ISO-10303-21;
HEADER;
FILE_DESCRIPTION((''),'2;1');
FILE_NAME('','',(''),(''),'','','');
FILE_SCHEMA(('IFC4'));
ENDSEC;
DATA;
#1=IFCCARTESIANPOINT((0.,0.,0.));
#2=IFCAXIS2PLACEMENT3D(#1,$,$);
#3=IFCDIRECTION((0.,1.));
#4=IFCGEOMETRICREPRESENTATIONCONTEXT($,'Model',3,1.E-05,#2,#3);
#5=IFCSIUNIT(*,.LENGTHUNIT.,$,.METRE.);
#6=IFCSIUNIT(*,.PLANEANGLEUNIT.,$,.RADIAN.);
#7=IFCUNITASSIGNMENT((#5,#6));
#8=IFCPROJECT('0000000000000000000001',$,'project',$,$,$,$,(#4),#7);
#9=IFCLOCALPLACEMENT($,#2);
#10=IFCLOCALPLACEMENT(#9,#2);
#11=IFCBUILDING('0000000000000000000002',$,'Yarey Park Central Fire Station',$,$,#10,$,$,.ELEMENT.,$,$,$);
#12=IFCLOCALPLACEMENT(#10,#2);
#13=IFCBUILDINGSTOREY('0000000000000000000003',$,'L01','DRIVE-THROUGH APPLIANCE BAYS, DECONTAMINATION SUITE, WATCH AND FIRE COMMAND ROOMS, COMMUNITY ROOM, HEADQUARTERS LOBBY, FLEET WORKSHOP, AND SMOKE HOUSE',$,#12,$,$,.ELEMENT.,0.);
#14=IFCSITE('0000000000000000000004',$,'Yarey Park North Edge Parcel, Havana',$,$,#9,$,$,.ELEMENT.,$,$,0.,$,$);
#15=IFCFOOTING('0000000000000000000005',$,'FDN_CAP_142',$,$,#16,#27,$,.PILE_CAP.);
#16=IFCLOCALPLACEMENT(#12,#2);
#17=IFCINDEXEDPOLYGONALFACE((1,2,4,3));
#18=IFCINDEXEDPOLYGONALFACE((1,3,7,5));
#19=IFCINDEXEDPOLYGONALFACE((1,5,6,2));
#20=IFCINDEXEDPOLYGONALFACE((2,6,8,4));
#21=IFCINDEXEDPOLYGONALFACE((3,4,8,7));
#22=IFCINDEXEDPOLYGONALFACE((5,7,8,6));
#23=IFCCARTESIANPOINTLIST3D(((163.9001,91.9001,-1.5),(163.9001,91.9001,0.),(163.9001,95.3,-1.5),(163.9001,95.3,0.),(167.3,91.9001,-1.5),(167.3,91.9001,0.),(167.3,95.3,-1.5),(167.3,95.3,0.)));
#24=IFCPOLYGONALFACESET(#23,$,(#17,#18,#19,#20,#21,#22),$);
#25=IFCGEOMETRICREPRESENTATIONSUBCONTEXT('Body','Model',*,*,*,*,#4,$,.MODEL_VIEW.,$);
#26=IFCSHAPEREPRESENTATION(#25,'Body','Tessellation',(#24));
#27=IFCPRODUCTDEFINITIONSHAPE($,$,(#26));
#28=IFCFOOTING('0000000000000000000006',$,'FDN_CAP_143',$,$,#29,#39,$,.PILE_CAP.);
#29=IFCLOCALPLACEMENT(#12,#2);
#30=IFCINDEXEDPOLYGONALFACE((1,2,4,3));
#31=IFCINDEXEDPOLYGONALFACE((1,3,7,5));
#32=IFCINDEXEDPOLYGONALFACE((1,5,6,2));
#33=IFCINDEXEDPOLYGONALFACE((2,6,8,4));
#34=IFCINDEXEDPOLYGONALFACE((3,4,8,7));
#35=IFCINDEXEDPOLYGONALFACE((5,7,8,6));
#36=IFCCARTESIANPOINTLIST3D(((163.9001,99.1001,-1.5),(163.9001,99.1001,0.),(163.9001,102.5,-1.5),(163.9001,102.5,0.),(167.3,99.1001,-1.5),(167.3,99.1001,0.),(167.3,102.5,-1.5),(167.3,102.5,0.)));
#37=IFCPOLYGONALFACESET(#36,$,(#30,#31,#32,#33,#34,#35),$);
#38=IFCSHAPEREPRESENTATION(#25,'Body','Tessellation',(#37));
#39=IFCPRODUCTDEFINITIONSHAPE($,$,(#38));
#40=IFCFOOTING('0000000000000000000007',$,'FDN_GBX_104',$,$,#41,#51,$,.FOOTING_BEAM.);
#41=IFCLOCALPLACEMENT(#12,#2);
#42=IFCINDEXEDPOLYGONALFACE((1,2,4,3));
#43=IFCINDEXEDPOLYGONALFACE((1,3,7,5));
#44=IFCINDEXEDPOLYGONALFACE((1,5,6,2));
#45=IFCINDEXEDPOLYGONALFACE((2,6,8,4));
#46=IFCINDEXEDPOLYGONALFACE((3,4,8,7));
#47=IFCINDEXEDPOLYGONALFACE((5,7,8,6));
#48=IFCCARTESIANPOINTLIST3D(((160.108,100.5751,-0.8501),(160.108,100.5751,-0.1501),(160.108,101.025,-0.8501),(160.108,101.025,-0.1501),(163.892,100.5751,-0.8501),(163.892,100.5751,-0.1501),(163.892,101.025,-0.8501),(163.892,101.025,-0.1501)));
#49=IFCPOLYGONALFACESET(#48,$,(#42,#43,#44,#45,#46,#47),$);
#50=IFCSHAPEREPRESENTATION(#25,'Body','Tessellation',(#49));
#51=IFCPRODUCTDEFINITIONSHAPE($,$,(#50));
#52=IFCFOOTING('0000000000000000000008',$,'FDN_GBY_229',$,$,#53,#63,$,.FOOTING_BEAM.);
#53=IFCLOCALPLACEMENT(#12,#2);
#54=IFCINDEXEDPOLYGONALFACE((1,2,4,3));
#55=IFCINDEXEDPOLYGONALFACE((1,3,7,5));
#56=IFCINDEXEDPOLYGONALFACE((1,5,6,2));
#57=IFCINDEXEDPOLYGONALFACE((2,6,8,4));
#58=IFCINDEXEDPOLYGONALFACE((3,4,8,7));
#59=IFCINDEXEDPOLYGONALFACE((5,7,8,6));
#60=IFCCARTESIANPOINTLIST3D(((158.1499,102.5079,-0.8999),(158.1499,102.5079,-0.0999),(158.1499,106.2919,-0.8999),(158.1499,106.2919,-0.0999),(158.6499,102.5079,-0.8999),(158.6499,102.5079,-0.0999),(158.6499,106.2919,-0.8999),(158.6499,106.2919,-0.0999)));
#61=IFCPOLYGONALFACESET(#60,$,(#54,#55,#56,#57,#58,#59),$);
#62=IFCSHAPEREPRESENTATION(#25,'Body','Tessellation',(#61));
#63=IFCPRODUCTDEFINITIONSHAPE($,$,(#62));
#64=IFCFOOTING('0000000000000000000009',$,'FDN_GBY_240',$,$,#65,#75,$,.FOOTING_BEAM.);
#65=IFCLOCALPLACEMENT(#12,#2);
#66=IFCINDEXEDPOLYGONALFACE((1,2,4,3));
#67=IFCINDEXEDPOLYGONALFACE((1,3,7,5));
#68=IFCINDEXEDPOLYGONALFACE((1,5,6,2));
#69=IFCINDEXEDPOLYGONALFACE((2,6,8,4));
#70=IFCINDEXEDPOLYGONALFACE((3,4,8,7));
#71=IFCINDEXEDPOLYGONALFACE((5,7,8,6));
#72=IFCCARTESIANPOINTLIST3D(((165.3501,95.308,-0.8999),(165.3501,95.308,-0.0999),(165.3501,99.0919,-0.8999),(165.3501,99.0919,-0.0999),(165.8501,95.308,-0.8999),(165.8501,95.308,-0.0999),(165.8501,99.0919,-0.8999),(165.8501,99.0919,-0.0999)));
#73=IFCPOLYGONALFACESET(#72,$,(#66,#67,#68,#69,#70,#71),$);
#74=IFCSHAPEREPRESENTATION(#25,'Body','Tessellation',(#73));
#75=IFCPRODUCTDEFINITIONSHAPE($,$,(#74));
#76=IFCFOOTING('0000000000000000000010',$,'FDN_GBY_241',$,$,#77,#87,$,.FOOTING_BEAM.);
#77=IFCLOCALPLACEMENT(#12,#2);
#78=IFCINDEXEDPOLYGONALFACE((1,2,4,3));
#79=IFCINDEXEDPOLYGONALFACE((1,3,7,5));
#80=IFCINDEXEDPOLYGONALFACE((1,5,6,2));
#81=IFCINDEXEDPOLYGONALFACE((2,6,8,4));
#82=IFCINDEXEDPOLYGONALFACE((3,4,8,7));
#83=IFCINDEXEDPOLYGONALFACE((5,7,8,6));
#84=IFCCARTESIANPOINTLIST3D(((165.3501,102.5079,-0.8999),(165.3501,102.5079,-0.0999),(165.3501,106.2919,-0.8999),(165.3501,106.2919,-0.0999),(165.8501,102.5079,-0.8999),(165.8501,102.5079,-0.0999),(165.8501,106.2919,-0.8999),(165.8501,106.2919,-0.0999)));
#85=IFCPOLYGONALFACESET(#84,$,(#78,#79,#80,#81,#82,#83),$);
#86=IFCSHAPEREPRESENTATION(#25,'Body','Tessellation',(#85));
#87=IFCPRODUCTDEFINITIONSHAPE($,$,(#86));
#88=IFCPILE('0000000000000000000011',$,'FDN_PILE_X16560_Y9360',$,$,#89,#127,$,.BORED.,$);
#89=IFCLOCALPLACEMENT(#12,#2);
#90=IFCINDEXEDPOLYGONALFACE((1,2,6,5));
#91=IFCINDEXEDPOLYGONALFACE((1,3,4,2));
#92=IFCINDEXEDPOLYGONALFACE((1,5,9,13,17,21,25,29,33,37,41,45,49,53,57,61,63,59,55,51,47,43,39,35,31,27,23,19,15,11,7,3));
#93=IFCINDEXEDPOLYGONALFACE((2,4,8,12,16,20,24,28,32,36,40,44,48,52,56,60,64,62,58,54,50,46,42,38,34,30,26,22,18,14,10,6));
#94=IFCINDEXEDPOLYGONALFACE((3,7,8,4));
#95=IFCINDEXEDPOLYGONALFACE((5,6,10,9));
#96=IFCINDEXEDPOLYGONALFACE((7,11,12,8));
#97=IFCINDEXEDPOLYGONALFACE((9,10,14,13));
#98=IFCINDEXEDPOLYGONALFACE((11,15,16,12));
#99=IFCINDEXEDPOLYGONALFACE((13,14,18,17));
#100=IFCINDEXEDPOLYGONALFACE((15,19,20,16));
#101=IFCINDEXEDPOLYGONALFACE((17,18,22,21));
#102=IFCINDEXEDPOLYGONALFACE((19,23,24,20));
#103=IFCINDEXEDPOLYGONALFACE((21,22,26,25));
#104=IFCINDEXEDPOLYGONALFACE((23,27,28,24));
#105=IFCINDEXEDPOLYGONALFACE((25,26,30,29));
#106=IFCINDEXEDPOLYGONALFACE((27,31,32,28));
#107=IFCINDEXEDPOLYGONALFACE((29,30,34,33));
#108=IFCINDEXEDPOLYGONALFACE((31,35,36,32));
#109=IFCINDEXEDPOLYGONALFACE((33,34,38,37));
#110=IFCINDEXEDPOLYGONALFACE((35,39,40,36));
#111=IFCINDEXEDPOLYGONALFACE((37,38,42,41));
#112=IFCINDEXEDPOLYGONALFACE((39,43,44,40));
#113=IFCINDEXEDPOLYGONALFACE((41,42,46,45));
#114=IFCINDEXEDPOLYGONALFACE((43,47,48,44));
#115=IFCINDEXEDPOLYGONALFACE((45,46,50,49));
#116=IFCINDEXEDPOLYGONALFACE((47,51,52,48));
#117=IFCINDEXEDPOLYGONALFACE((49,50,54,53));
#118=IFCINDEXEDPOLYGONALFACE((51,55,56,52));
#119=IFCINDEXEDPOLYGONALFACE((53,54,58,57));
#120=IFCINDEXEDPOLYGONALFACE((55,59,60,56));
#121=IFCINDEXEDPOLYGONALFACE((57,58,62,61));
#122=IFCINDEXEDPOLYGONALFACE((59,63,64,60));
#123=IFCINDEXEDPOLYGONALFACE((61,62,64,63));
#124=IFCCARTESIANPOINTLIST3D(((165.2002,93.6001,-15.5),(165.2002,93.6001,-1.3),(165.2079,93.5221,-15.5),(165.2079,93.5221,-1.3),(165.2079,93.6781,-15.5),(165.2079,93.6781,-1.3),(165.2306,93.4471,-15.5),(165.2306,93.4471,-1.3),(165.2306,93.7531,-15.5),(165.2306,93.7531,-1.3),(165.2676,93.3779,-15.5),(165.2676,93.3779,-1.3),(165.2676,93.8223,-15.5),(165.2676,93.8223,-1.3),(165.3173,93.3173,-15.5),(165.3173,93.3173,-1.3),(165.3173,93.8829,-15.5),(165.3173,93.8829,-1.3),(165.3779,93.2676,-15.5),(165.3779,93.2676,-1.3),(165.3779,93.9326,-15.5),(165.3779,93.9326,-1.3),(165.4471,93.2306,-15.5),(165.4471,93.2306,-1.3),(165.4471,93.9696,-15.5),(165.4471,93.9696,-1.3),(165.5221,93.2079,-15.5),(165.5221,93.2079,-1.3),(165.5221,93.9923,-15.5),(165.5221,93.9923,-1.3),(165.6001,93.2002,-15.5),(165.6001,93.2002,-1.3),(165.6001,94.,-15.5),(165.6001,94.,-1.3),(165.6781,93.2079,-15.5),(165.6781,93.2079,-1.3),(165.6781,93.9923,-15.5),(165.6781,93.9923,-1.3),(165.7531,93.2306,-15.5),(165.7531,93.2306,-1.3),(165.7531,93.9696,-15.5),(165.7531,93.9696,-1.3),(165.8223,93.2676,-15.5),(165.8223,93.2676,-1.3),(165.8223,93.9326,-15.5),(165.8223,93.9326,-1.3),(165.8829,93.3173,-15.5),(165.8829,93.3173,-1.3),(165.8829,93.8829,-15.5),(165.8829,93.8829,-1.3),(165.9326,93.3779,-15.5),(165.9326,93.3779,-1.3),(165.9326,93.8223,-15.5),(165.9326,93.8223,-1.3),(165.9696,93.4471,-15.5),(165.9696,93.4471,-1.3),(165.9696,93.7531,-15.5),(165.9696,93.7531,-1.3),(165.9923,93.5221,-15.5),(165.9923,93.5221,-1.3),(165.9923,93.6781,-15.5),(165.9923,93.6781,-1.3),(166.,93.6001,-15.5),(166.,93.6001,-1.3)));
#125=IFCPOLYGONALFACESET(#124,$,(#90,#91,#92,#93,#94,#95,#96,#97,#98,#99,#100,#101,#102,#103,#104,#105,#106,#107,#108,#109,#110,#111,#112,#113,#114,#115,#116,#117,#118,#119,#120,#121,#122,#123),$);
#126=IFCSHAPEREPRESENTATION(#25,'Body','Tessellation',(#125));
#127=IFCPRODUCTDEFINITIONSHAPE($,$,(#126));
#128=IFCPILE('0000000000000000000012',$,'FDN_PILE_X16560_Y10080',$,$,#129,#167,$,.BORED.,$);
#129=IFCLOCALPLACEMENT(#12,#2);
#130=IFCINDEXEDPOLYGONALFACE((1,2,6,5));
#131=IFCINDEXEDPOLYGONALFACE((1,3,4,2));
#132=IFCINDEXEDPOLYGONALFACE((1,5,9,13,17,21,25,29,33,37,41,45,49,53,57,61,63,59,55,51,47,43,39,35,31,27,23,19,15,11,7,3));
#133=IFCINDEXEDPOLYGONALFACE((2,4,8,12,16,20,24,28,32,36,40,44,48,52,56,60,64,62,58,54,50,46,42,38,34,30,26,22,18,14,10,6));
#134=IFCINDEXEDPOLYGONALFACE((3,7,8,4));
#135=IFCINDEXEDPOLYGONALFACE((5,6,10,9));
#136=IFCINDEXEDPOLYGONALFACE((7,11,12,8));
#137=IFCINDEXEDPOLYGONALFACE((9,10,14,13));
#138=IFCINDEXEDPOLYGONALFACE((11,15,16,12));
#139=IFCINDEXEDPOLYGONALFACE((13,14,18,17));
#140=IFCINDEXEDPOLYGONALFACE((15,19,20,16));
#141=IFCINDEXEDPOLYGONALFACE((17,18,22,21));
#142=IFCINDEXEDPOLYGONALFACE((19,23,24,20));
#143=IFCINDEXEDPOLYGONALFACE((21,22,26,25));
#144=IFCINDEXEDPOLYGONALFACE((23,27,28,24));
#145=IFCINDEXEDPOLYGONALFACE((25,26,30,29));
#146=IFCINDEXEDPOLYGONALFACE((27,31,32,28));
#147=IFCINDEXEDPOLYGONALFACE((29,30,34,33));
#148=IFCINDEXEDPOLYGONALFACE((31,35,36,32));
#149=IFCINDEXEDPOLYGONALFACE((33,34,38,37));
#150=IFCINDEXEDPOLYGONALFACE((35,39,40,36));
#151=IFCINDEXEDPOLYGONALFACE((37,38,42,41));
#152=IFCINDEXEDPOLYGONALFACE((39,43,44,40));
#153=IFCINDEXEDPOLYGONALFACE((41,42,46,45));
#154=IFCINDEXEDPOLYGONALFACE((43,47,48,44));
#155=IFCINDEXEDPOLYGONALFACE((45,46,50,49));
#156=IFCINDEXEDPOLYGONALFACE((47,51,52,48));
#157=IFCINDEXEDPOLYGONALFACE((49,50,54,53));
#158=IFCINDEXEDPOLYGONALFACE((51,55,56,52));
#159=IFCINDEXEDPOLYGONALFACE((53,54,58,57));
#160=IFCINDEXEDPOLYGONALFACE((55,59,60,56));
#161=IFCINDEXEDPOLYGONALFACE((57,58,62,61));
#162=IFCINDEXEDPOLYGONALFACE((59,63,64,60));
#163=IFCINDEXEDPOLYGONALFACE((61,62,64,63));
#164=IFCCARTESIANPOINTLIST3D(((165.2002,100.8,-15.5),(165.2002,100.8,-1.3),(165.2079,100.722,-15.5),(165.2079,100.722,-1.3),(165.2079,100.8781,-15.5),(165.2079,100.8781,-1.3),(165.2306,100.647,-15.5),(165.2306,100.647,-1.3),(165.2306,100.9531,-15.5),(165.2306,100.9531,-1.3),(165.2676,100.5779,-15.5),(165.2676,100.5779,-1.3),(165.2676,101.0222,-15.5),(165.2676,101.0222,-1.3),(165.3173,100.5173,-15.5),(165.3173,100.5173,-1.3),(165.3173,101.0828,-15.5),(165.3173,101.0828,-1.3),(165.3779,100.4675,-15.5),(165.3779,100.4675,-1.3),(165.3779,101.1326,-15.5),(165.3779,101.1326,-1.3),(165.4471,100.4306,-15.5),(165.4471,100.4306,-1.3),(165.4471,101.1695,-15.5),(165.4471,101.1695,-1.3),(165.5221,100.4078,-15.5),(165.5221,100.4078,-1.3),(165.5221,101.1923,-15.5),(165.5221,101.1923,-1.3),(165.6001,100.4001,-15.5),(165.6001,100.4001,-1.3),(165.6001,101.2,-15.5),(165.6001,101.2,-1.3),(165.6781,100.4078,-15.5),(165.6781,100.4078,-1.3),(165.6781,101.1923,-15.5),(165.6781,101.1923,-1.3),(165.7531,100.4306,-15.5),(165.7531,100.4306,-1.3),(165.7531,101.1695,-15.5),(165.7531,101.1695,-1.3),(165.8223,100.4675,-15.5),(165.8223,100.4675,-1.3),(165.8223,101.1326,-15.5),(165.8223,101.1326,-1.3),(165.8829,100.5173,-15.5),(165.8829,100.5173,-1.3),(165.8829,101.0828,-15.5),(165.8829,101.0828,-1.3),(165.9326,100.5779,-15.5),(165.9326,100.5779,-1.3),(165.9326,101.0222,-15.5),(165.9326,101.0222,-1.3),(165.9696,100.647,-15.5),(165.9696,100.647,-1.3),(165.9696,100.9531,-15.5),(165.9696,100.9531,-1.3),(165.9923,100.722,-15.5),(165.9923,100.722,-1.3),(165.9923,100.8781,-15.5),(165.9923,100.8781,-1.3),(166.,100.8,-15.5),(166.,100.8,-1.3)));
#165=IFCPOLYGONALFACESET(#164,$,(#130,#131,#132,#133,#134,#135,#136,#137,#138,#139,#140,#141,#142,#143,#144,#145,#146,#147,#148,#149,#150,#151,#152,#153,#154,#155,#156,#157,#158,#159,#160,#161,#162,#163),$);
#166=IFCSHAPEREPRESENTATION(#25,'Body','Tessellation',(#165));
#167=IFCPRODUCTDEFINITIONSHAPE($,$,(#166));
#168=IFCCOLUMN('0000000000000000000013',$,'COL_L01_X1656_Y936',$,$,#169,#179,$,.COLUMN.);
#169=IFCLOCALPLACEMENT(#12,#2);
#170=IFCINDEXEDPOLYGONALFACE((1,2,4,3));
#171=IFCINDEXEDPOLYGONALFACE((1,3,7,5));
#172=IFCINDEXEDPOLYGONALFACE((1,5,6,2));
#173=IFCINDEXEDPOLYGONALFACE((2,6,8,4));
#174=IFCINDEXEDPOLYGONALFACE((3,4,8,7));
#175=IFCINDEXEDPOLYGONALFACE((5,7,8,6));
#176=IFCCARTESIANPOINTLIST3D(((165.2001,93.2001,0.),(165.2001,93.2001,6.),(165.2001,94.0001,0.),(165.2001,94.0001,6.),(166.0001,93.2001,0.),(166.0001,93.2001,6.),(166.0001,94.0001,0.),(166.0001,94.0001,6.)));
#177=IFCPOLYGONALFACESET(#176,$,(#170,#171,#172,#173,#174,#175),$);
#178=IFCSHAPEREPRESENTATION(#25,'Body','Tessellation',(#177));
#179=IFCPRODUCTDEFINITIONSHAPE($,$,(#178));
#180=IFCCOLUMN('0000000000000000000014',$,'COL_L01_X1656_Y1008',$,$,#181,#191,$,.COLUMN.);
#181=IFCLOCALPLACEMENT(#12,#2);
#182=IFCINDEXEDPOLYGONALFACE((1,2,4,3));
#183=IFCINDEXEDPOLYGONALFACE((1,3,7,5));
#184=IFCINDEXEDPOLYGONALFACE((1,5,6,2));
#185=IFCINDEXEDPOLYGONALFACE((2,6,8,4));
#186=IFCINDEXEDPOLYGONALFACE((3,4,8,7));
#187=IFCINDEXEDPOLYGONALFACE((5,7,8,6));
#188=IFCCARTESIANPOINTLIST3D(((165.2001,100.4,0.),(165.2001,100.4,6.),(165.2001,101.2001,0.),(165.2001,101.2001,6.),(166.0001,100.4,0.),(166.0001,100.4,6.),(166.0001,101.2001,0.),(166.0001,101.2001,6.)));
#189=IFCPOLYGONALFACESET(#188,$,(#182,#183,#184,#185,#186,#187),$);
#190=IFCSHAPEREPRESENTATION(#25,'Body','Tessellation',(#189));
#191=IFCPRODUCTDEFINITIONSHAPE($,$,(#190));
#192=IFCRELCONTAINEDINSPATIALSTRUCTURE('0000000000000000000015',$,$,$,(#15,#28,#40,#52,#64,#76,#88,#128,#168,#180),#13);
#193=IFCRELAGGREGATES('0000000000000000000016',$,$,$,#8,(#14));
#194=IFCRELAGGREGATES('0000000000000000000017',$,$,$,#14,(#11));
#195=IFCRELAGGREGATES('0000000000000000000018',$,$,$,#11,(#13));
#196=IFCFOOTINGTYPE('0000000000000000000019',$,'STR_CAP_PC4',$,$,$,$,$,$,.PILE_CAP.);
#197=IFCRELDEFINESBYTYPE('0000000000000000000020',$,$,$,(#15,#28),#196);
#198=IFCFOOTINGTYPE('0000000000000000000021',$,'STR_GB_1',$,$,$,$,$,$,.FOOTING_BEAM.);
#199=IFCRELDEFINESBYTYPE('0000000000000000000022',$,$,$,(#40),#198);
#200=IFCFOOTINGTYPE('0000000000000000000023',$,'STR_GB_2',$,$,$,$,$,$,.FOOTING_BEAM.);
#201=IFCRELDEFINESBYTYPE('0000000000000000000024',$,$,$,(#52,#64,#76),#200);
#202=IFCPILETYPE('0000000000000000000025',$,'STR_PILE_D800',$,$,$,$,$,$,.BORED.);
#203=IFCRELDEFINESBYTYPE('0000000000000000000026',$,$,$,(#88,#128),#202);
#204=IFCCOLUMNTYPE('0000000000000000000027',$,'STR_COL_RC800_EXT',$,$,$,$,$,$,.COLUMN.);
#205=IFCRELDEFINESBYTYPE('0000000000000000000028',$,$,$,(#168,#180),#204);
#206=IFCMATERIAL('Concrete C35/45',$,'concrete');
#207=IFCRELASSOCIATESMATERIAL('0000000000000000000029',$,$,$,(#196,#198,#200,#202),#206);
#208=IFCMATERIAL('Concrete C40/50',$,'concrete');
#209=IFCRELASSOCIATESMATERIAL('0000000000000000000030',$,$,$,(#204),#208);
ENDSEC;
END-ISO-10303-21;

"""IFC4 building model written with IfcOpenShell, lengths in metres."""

from ifc_helpers import new_model, si_unit, direction, frame, origin, origin_2d, place, context, subcontext, project, spatial, rectangle, circle, extrude, material, material_profile, profile_set, type_object, element, save


model = new_model("IFC4")

# Units and contexts
model_context = context("Model", 3, precision=1e-05, world=origin(), true_north=direction((0.0, 1.0)))
body_context = subcontext(model_context, "Body", "Model", "MODEL_VIEW")
ifc_project = project(units=[si_unit("LENGTHUNIT", "METRE"), si_unit("PLANEANGLEUNIT", "RADIAN")], contexts=[model_context])

# Site, building, storey
site_placement = place(None, origin())
site = spatial("IfcSite", under=ifc_project, at=site_placement, Name="Yarey Park North Edge Parcel, Havana", CompositionType="ELEMENT", RefElevation=0.0)
building_placement = place(site_placement, origin())
building = spatial("IfcBuilding", under=site, at=building_placement, Name="Yarey Park Central Fire Station", CompositionType="ELEMENT")
storey_placement = place(building_placement, origin())
storey = spatial("IfcBuildingStorey", under=building, at=storey_placement, Name="L01", Description="DRIVE-THROUGH APPLIANCE BAYS, DECONTAMINATION SUITE, WATCH AND FIRE COMMAND ROOMS, COMMUNITY ROOM, HEADQUARTERS LOBBY, FLEET WORKSHOP, AND SMOKE HOUSE", CompositionType="ELEMENT", Elevation=0.0)

# Footings
ifc_material_1 = material(Name="Concrete C35/45", Category="concrete")
footing_type_1 = type_object("IfcFootingType", Name="STR_CAP_PC4", PredefinedType="PILE_CAP", material=ifc_material_1)
for number, where, z_axis, x_axis, name in (
    (1, (165.6001, 93.6001, -1.5), (0.0, 0.0, 1.0), (1.0, 0.0, 0.0), "FDN_CAP_142"),
    (2, (165.6001, 100.8, -1.5), (0.0, 0.0, 1.0), (1.0, 0.0, 0.0), "FDN_CAP_143"),
):
    element("IfcFooting", number, at=place(storey_placement, frame(where, z_axis=z_axis, x_axis=x_axis)), inside=storey, type_object=footing_type_1, Name=name, PredefinedType="PILE_CAP", context=body_context, shape_type="SweptSolid", body=[
        extrude(rectangle(XDim=3.3999, YDim=3.3999, at=origin_2d()), origin(), (0.0, 0.0, 1.0), 1.5),
    ])
footing_type_2 = type_object("IfcFootingType", Name="STR_GB_1", PredefinedType="FOOTING_BEAM", material=ifc_material_1)
footing_placement = place(storey_placement, frame((162.0, 100.8, -0.8501), z_axis=(0.0, 0.0, 1.0), x_axis=(1.0, 0.0, 0.0)))
element("IfcFooting", 3, at=footing_placement, inside=storey, type_object=footing_type_2, Name="FDN_GBX_104", PredefinedType="FOOTING_BEAM", context=body_context, shape_type="SweptSolid", body=[
    extrude(rectangle(XDim=3.7839, YDim=0.45, at=origin_2d()), origin(), (0.0, 0.0, 1.0), 0.7),
])
footing_type_3 = type_object("IfcFootingType", Name="STR_GB_2", PredefinedType="FOOTING_BEAM", material=ifc_material_1)
for number, where, z_axis, x_axis, name in (
    (4, (158.3999, 104.3999, -0.8999), (0.0, 0.0, 1.0), (1.0, 0.0, 0.0), "FDN_GBY_229"),
    (5, (165.6001, 97.2, -0.8999), (0.0, 0.0, 1.0), (1.0, 0.0, 0.0), "FDN_GBY_240"),
    (6, (165.6001, 104.3999, -0.8999), (0.0, 0.0, 1.0), (1.0, 0.0, 0.0), "FDN_GBY_241"),
):
    element("IfcFooting", number, at=place(storey_placement, frame(where, z_axis=z_axis, x_axis=x_axis)), inside=storey, type_object=footing_type_3, Name=name, PredefinedType="FOOTING_BEAM", context=body_context, shape_type="SweptSolid", body=[
        extrude(rectangle(XDim=0.5, YDim=3.7839, at=origin_2d()), origin(), (0.0, 0.0, 1.0), 0.8),
    ])

# Piles
ifc_material_profile_1 = material_profile(ifc_material_1, circle(Radius=0.3999, at=origin_2d()), Name="BORED PILE D800")
ifc_profile_set_1 = profile_set([ifc_material_profile_1], Name="Concrete C35/45")
pile_type = type_object("IfcPileType", Name="STR_PILE_D800", PredefinedType="BORED", material=ifc_profile_set_1)
for number, where, z_axis, x_axis, name in (
    (7, (165.6001, 93.6001, -1.3), (0.0, 0.0, -1.0), (1.0, 0.0, 0.0), "FDN_PILE_X16560_Y9360"),
    (8, (165.6001, 100.8, -1.3), (0.0, 0.0, -1.0), (1.0, 0.0, 0.0), "FDN_PILE_X16560_Y10080"),
):
    element("IfcPile", number, at=place(storey_placement, frame(where, z_axis=z_axis, x_axis=x_axis)), inside=storey, type_object=pile_type, Name=name, PredefinedType="BORED", context=body_context, shape_type="SweptSolid", body=[
        extrude(circle(Radius=0.3999, at=origin_2d()), origin(), (0.0, 0.0, 1.0), 14.2),
    ])

# Columns
ifc_material_2 = material(Name="Concrete C40/50", Category="concrete")
ifc_material_profile_2 = material_profile(ifc_material_2, rectangle(XDim=0.8, YDim=0.8, at=origin_2d()), Name="RC 800x800")
ifc_profile_set_2 = profile_set([ifc_material_profile_2], Name="Concrete C40/50")
column_type = type_object("IfcColumnType", Name="STR_COL_RC800_EXT", PredefinedType="COLUMN", material=ifc_profile_set_2)
for number, where, z_axis, x_axis, name in (
    (9, (165.6001, 93.6001, 0.0), (0.0, 0.0, 1.0), (1.0, 0.0, 0.0), "COL_L01_X1656_Y936"),
    (10, (165.6001, 100.8, 0.0), (0.0, 0.0, 1.0), (1.0, 0.0, 0.0), "COL_L01_X1656_Y1008"),
):
    element("IfcColumn", number, at=place(storey_placement, frame(where, z_axis=z_axis, x_axis=x_axis)), inside=storey, type_object=column_type, Name=name, PredefinedType="COLUMN", context=body_context, shape_type="SweptSolid", body=[
        extrude(rectangle(XDim=0.8, YDim=0.8, at=origin_2d()), origin(), (0.0, 0.0, 1.0), 6.0),
    ])

save(model, "model.ifc")
